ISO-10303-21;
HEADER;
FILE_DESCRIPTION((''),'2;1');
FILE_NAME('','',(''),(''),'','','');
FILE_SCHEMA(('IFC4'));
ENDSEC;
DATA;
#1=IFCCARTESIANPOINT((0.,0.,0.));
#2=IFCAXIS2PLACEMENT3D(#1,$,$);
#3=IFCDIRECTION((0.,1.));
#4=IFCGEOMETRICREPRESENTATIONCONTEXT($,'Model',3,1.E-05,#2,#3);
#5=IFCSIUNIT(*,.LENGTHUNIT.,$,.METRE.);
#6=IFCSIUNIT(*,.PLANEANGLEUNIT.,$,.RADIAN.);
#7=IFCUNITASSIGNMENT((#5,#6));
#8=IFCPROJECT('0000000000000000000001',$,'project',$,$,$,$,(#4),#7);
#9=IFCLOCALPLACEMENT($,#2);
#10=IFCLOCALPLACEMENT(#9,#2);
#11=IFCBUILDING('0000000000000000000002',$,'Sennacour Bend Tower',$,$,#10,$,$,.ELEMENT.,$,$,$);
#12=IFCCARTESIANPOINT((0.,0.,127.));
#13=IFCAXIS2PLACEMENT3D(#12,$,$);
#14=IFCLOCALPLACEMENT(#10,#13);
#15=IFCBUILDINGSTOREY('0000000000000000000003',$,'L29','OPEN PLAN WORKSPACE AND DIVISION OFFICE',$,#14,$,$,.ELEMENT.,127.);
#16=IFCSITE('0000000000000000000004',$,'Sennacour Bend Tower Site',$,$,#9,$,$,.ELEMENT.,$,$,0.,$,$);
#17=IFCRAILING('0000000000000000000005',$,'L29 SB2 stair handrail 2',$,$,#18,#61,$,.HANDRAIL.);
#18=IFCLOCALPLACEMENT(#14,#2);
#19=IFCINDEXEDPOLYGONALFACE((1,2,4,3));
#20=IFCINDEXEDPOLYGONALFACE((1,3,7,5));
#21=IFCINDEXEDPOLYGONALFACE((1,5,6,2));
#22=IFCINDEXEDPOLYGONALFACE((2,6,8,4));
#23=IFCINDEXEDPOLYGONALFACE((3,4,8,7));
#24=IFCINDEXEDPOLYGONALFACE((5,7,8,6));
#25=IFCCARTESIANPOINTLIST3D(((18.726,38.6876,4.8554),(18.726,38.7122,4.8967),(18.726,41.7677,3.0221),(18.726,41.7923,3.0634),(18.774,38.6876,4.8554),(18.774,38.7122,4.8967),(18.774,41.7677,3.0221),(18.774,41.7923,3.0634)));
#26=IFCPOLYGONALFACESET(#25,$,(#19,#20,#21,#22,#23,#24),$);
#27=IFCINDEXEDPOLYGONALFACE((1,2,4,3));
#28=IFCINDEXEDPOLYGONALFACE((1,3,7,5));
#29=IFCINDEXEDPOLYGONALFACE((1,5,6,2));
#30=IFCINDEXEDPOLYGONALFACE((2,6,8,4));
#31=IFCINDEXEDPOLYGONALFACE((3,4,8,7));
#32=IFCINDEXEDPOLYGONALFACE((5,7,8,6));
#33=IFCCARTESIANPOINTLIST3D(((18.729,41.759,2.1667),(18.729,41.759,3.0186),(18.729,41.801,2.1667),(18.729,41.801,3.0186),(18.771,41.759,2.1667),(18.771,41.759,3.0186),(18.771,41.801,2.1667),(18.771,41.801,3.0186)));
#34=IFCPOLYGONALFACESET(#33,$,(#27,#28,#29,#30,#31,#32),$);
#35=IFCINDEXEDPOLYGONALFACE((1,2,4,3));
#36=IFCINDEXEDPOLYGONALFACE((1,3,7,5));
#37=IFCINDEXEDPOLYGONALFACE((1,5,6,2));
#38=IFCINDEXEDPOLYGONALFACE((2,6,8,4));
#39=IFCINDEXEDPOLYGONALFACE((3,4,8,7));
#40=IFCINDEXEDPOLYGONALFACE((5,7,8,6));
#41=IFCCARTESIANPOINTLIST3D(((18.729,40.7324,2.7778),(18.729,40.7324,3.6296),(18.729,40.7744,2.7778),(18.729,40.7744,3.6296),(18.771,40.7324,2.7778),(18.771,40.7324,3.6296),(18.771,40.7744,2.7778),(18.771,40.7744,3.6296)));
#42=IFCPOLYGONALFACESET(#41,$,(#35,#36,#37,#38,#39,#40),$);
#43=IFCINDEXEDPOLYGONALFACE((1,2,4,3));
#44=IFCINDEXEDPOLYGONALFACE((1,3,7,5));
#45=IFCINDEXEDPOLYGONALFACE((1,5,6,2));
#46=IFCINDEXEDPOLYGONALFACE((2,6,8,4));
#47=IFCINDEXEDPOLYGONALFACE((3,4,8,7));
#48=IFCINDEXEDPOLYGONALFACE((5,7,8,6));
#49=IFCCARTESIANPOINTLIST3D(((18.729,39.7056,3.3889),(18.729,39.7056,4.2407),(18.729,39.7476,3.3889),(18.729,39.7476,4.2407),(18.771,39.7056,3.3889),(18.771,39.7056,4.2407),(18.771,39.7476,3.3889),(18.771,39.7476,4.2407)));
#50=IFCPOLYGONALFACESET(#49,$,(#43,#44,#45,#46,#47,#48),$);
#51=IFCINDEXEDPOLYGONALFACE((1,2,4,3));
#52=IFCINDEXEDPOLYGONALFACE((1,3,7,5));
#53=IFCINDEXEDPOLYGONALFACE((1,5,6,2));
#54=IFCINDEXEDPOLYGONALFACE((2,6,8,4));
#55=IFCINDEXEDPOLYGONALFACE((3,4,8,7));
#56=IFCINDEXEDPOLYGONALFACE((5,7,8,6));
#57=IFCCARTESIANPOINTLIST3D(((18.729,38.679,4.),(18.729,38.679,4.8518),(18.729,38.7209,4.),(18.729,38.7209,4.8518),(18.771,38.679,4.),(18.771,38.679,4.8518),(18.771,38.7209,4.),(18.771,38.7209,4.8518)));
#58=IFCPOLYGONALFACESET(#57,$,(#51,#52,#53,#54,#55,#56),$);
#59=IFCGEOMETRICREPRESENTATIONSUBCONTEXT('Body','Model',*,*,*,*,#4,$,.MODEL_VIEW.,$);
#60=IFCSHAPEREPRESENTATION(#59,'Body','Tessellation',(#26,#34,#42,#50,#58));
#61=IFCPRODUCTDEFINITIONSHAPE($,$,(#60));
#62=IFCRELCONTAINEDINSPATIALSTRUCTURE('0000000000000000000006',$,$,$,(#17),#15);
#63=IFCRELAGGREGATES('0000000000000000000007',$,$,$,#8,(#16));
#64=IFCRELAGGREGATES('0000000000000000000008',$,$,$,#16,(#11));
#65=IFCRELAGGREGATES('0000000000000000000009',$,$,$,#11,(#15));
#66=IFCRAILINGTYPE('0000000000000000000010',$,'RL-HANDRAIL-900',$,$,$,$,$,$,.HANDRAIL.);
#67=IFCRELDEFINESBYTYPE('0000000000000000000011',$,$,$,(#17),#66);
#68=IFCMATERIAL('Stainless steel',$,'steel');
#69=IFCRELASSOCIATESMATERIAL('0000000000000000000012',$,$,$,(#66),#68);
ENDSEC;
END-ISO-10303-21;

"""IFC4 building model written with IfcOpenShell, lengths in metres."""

from ifc_helpers import new_model, si_unit, direction, frame, origin, origin_2d, place, context, subcontext, project, spatial, rectangle, extrude, material, type_object, element, save


model = new_model("IFC4")

# Units and contexts
model_context = context("Model", 3, precision=1e-05, world=origin(), true_north=direction((0.0, 1.0)))
body_context = subcontext(model_context, "Body", "Model", "MODEL_VIEW")
ifc_project = project(units=[si_unit("LENGTHUNIT", "METRE"), si_unit("PLANEANGLEUNIT", "RADIAN")], contexts=[model_context])

# Site, building, storey
site_placement = place(None, origin())
site = spatial("IfcSite", under=ifc_project, at=site_placement, Name="Sennacour Bend Tower Site", CompositionType="ELEMENT", RefElevation=0.0)
building_placement = place(site_placement, origin())
building = spatial("IfcBuilding", under=site, at=building_placement, Name="Sennacour Bend Tower", CompositionType="ELEMENT")
storey_placement = place(building_placement, frame((0.0, 0.0, 127.0)))
storey = spatial("IfcBuildingStorey", under=building, at=storey_placement, Name="L29", Description="OPEN PLAN WORKSPACE AND DIVISION OFFICE", CompositionType="ELEMENT", Elevation=127.0)

# Shared definitions
ifc_material_1 = material(Name="Stainless steel", Category="steel")

# Railing
railing_type_1 = type_object("IfcRailingType", Name="RL-HANDRAIL-900", PredefinedType="HANDRAIL", material=ifc_material_1)
railing_1_placement = place(storey_placement, frame((18.75, 41.78, 2.1667)))
element("IfcRailing", 1, at=railing_1_placement, inside=storey, type_object=railing_type_1, Name="L29 SB2 stair handrail 2", PredefinedType="HANDRAIL", context=body_context, shape_type="SweptSolid", body=[
    extrude(rectangle(XDim=0.0481, YDim=0.0481, at=origin_2d()), frame((0.0, 0.0, 0.876), z_axis=(0.0, -0.859309, 0.511458), x_axis=(1.0, 0.0, 0.0)), (0.0, 0.0, 1.0), 3.5845),
    extrude(rectangle(XDim=0.042, YDim=0.042, at=origin_2d()), origin(), (0.0, 0.0, 1.0), 0.8518),
    extrude(rectangle(XDim=0.042, YDim=0.042, at=origin_2d()), frame((0.0, -1.0266, 0.6111)), (0.0, 0.0, 1.0), 0.8518),
    extrude(rectangle(XDim=0.042, YDim=0.042, at=origin_2d()), frame((0.0, -2.0535, 1.2222)), (0.0, 0.0, 1.0), 0.8518),
    extrude(rectangle(XDim=0.042, YDim=0.042, at=origin_2d()), frame((0.0, -3.0801, 1.8333)), (0.0, 0.0, 1.0), 0.8518),
])

save(model, "model.ifc")
